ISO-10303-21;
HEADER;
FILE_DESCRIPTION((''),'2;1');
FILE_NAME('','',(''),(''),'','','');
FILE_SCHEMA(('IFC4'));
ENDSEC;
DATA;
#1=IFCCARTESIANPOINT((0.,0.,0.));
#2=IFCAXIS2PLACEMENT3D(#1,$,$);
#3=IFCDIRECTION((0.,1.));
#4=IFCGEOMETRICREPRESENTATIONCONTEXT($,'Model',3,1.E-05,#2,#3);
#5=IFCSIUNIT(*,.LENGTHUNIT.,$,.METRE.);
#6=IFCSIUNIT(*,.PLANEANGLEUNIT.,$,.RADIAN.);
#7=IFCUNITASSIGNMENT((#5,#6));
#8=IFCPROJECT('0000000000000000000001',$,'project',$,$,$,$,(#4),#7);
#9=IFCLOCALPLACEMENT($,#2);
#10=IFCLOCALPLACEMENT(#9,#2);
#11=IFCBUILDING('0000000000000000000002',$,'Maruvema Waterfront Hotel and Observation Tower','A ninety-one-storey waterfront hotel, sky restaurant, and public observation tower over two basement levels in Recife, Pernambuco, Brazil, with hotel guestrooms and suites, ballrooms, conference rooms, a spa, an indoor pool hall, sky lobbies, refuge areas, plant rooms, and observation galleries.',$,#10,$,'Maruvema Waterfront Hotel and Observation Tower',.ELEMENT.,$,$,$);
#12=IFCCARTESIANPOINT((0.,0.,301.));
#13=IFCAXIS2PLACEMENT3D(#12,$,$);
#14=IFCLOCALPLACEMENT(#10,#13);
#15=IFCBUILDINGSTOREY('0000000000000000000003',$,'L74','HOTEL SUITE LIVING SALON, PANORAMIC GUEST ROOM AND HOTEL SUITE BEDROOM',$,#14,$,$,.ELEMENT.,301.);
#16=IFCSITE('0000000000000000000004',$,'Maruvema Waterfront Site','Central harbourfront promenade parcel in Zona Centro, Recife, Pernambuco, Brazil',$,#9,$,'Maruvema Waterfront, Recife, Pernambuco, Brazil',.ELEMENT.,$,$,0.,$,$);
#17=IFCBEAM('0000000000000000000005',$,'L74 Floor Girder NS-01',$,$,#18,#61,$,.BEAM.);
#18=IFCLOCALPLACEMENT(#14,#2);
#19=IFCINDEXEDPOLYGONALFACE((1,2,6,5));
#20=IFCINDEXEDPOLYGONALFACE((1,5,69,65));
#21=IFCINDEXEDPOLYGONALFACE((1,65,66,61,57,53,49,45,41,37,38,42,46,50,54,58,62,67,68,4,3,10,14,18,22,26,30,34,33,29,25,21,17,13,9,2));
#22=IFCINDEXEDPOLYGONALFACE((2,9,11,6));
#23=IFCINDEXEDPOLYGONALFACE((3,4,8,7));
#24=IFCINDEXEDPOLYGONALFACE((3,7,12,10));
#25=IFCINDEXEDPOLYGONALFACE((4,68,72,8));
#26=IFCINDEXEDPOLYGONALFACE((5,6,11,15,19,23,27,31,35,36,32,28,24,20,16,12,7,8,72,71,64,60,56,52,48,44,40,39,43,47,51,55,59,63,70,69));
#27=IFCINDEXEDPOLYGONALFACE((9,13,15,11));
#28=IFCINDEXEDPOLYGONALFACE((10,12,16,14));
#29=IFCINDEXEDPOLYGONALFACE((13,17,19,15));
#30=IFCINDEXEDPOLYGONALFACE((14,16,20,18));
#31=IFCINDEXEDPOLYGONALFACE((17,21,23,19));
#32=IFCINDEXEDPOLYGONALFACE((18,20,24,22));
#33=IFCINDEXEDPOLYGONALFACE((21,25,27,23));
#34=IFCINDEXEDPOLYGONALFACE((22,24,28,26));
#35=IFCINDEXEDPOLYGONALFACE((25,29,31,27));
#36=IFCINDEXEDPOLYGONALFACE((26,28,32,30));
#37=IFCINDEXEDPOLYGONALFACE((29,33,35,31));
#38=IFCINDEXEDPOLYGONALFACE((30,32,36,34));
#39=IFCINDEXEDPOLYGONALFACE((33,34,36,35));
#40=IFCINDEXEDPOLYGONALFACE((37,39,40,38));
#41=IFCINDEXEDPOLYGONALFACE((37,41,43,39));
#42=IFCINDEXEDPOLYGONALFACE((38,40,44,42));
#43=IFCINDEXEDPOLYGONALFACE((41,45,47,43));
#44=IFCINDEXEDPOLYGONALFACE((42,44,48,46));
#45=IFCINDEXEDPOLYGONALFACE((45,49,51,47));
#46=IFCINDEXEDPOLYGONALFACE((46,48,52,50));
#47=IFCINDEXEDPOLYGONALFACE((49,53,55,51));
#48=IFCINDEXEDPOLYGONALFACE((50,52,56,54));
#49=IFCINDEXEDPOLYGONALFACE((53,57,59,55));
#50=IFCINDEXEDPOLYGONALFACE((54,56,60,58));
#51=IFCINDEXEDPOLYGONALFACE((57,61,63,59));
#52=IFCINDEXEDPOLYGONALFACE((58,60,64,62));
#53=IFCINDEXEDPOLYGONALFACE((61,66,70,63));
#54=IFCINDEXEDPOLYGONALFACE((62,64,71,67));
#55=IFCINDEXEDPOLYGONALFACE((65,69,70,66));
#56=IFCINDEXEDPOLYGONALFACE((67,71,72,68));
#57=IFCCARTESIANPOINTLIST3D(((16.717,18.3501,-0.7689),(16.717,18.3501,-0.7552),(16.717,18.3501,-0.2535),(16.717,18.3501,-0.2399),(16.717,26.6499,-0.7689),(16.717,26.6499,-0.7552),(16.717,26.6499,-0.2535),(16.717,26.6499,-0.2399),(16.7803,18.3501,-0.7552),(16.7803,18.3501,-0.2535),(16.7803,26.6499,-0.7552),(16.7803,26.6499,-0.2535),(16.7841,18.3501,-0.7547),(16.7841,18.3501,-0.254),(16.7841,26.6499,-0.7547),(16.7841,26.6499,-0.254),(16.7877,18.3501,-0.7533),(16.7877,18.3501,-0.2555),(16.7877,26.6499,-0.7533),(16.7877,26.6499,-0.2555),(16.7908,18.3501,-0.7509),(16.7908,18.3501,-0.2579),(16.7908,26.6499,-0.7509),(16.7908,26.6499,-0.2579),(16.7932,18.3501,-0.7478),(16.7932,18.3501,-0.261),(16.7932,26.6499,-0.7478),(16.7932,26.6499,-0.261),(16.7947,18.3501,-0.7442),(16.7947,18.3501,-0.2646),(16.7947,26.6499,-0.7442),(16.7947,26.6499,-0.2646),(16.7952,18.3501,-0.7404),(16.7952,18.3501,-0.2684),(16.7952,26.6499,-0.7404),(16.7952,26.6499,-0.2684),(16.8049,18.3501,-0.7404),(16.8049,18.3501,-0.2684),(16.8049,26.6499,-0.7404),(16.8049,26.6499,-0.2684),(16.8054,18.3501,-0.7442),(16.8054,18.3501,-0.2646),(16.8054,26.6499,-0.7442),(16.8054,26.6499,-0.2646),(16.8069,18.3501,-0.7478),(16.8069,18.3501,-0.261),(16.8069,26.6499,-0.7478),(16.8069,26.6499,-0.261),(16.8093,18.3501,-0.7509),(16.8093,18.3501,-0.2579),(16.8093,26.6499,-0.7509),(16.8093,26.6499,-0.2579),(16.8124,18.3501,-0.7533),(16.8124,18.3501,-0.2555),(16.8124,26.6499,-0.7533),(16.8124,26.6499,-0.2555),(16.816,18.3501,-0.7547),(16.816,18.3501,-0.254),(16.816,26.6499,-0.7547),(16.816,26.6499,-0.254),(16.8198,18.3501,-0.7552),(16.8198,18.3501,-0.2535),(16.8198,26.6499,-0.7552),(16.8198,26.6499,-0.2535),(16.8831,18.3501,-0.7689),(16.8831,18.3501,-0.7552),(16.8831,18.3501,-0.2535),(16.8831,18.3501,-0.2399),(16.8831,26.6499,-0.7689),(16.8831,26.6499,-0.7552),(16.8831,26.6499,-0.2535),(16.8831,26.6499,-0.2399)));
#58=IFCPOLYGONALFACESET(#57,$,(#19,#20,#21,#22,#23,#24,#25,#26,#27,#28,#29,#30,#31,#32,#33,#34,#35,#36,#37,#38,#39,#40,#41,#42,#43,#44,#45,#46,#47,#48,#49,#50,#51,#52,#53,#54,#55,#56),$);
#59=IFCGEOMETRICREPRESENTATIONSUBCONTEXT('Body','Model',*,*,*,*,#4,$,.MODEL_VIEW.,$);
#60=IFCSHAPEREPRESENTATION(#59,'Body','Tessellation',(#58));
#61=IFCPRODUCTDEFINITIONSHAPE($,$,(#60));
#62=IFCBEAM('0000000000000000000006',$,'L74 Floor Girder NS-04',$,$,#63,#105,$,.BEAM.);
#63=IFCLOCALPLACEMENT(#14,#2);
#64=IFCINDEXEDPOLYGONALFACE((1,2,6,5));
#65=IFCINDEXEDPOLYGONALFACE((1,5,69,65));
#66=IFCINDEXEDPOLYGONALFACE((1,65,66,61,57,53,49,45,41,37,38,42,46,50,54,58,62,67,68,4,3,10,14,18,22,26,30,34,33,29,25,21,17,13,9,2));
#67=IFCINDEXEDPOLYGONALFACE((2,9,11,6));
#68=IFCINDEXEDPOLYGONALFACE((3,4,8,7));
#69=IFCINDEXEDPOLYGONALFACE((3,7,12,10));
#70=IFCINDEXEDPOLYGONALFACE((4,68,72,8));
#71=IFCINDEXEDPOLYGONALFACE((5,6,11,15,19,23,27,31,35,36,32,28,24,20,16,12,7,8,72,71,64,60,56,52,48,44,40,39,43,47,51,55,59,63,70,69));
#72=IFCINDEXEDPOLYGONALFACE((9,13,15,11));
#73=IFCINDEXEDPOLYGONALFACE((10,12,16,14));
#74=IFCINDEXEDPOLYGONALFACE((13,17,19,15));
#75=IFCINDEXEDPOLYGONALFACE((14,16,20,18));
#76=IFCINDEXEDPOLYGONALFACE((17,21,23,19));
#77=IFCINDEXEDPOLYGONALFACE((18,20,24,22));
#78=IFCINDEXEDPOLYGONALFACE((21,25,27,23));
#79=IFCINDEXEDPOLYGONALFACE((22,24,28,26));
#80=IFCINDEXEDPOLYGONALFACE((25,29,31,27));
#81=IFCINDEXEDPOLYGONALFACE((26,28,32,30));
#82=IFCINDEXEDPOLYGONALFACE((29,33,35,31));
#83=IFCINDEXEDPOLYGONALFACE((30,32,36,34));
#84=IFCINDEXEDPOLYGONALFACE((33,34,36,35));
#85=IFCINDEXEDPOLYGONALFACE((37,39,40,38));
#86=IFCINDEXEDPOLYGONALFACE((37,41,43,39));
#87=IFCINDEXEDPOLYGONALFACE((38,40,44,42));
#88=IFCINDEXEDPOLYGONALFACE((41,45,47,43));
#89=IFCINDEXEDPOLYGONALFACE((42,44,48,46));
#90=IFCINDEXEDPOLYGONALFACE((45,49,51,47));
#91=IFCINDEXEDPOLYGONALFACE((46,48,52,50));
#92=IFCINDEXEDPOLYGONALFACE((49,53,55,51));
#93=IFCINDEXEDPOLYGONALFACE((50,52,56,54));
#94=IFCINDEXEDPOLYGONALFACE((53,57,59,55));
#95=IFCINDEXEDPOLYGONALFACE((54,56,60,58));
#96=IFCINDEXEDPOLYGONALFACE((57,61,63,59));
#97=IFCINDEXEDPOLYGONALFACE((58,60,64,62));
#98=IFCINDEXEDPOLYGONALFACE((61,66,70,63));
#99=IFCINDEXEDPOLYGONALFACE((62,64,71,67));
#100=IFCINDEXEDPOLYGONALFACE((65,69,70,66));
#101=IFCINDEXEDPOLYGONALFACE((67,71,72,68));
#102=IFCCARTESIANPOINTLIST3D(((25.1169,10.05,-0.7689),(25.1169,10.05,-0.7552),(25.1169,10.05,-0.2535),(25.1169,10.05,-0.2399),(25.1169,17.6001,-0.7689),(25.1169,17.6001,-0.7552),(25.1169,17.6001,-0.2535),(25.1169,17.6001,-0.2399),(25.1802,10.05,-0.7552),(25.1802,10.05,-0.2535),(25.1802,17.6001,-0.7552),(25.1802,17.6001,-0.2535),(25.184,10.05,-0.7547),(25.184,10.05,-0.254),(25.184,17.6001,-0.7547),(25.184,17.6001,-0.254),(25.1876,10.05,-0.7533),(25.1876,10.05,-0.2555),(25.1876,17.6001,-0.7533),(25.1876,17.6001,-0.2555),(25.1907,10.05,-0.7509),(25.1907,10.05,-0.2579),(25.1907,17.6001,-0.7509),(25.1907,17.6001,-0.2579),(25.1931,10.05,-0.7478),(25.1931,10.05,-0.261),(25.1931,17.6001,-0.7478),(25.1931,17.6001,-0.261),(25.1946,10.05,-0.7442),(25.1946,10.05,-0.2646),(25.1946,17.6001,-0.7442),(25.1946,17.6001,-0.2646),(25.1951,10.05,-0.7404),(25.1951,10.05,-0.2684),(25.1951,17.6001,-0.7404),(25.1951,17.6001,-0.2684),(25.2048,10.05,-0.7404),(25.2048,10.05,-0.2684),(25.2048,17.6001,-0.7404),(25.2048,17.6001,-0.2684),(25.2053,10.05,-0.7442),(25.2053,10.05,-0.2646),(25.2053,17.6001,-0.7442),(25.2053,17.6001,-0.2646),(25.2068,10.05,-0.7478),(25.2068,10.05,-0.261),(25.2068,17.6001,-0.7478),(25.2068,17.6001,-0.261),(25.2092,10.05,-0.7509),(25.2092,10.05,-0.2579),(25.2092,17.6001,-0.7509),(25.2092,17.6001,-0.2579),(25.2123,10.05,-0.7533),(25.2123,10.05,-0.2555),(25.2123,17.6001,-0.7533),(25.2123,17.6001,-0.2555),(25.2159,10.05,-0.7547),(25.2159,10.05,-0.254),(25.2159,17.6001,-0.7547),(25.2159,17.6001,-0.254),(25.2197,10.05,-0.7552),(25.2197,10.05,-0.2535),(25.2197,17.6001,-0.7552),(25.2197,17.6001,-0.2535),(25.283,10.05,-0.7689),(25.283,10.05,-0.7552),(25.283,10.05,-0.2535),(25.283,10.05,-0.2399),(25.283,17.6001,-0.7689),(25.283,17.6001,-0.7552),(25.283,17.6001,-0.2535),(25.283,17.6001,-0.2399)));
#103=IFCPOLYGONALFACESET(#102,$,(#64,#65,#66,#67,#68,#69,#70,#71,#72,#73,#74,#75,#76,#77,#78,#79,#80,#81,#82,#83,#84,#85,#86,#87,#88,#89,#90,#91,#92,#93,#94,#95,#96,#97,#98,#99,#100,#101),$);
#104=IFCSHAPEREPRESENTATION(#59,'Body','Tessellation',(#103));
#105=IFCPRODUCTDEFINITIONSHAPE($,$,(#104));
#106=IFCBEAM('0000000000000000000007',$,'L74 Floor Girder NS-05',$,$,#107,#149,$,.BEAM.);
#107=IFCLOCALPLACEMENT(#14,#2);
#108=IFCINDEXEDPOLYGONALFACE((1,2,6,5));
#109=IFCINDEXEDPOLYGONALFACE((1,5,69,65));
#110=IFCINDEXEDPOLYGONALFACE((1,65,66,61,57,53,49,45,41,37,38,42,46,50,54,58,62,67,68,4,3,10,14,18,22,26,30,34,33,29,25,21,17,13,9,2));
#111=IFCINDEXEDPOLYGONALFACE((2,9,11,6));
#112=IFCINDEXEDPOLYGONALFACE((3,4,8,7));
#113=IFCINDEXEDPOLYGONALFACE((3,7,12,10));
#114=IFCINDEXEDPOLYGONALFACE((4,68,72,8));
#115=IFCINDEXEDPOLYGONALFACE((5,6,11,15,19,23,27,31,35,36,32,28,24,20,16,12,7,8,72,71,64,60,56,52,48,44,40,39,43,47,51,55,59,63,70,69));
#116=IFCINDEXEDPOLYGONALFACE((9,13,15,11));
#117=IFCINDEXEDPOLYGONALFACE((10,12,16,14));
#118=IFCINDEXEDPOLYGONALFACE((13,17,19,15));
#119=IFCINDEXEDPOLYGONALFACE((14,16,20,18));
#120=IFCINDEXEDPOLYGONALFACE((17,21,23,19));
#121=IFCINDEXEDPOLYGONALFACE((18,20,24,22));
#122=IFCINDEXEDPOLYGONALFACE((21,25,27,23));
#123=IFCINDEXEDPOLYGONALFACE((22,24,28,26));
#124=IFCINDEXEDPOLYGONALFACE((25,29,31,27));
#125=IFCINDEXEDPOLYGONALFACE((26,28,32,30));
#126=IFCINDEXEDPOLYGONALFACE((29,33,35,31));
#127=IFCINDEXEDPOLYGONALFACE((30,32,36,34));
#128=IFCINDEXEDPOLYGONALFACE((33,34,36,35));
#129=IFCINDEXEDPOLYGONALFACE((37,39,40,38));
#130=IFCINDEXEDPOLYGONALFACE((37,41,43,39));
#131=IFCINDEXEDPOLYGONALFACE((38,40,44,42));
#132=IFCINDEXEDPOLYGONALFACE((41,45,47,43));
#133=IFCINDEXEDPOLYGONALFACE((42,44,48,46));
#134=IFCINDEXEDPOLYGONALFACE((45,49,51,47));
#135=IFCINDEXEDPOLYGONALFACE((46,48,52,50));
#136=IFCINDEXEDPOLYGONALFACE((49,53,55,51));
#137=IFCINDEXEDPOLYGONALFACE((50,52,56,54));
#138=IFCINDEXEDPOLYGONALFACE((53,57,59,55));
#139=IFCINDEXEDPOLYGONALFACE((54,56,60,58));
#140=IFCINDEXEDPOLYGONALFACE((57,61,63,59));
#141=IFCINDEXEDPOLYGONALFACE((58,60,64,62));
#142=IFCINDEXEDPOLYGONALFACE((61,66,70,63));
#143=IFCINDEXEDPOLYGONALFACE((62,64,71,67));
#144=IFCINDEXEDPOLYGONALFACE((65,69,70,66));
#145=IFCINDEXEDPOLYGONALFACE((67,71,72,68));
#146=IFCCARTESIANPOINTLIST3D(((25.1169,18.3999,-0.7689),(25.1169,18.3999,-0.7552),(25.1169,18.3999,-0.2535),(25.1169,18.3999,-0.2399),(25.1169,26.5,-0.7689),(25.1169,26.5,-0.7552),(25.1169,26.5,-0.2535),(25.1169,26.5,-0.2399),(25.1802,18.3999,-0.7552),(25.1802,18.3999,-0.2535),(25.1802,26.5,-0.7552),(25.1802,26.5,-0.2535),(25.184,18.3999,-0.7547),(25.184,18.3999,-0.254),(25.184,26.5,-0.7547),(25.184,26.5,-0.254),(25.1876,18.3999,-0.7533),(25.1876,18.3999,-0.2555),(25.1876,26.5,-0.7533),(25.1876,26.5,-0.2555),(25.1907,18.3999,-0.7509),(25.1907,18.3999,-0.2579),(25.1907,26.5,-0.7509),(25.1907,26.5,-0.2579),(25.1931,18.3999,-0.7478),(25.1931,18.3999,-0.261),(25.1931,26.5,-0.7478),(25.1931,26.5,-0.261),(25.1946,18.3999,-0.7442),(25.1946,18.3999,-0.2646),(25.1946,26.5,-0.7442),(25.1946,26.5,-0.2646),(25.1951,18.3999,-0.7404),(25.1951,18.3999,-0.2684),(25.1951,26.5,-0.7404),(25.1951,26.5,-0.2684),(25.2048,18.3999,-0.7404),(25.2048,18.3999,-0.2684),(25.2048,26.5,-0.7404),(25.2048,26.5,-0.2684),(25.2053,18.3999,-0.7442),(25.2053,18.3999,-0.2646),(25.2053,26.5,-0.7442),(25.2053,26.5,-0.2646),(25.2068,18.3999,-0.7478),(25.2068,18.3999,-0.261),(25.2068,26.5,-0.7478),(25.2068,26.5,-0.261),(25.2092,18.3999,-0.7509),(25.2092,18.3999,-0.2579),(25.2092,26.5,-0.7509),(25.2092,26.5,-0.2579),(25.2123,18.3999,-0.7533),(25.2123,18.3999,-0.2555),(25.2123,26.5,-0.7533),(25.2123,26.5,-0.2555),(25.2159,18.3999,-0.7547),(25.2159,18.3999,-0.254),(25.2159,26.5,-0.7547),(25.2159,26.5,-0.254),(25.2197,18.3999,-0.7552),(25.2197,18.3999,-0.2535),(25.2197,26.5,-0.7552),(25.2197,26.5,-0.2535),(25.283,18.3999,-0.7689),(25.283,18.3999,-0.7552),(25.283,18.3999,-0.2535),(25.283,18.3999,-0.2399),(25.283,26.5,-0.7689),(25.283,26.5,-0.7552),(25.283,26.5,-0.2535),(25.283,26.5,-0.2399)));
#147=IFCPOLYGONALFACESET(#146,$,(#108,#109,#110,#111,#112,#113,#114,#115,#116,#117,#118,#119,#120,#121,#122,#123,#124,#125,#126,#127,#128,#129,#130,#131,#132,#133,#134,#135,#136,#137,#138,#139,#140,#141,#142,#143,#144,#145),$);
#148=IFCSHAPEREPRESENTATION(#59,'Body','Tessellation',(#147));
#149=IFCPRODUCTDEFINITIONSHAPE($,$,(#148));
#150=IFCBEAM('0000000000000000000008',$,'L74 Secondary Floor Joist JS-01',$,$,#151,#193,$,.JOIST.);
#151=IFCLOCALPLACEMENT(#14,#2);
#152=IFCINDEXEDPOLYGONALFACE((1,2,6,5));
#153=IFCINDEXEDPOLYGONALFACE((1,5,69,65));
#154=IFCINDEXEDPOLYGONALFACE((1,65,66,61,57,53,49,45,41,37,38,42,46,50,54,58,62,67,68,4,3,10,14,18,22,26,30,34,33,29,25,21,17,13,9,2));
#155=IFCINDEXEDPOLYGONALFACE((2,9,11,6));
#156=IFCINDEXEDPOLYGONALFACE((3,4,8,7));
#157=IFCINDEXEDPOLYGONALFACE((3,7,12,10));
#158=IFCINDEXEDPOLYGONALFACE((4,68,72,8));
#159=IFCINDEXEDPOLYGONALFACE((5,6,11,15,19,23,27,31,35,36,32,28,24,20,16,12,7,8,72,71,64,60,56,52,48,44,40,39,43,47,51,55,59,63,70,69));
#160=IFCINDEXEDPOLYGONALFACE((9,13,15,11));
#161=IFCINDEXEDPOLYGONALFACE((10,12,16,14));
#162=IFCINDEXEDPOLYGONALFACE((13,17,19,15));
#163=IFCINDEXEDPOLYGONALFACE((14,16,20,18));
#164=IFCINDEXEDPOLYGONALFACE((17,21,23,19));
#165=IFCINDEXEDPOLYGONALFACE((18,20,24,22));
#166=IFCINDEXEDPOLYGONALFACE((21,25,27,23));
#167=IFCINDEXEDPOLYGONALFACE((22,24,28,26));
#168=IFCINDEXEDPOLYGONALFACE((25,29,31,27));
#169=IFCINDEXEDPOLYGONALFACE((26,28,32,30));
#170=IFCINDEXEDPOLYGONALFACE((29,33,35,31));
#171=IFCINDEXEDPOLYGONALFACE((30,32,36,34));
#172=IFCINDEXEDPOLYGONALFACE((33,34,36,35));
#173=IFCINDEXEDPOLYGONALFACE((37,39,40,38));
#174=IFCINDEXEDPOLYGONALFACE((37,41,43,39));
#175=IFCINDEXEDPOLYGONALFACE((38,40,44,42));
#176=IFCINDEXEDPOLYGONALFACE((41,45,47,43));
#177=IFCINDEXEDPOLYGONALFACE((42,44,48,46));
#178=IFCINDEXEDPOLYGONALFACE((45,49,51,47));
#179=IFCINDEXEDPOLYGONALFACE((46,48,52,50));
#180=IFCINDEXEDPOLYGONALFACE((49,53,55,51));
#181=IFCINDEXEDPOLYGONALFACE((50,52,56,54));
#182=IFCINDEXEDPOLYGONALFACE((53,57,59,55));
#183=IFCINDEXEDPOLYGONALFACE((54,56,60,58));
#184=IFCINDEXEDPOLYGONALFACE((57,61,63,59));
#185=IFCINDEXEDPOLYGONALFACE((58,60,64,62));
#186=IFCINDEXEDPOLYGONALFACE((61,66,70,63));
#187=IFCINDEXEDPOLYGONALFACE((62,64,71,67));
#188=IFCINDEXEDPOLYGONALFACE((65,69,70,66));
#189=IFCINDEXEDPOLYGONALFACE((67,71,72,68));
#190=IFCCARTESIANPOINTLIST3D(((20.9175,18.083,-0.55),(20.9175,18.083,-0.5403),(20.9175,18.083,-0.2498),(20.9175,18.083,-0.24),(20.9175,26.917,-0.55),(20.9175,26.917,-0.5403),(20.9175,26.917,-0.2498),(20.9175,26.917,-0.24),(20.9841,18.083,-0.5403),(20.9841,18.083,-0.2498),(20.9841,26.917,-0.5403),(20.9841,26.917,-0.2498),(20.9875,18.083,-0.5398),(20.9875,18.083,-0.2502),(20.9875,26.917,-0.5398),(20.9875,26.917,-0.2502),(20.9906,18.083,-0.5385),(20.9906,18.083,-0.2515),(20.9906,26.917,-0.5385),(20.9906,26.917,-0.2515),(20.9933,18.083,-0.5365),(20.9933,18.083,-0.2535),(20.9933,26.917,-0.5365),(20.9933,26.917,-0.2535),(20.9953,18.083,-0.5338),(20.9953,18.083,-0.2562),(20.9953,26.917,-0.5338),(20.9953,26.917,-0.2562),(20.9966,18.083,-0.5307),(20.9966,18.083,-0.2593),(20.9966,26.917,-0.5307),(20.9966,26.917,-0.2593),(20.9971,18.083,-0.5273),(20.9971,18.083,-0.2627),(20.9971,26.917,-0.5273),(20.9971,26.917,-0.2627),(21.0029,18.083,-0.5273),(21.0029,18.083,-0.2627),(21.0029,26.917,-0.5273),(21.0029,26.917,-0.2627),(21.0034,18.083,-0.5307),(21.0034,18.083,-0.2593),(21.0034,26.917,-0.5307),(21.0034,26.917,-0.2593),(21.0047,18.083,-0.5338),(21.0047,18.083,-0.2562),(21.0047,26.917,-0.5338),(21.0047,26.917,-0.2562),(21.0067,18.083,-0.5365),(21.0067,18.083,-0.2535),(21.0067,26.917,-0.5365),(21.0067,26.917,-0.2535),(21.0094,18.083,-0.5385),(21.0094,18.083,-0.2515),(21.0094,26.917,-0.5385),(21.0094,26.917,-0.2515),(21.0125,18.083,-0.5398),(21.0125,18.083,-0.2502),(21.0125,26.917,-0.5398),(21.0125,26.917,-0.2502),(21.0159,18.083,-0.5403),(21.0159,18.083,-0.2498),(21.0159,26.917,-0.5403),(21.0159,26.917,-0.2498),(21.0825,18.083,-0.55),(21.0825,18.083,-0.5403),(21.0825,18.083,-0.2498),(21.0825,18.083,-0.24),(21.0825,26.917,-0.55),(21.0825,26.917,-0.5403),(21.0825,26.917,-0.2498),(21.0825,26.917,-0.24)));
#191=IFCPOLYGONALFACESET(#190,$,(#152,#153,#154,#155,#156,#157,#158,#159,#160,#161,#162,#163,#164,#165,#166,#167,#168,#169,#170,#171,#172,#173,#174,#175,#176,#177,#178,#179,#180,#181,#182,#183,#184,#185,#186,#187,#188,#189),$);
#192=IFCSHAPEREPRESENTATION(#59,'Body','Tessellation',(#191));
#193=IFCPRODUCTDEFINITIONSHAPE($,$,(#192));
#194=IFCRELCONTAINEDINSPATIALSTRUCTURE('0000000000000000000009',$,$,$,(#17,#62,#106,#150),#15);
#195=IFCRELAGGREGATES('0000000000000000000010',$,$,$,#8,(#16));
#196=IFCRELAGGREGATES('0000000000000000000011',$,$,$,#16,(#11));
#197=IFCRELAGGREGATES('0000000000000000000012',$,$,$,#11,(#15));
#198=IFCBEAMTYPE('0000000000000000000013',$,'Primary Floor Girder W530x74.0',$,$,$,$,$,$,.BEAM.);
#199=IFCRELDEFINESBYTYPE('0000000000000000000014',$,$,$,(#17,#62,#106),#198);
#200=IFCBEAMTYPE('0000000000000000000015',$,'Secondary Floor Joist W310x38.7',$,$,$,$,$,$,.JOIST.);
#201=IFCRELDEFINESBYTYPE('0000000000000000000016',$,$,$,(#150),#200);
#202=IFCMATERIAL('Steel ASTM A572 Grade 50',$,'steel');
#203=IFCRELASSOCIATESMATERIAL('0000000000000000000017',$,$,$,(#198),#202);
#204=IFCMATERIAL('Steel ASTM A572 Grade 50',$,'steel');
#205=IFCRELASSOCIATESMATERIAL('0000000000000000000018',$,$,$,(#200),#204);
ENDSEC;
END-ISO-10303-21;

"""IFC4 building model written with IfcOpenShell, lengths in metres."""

from ifc_helpers import new_model, si_unit, direction, frame, origin, origin_2d, place, context, subcontext, project, spatial, i_section, extrude, material, material_profile, profile_set, type_object, element, save


model = new_model("IFC4")

# Units and contexts
model_context = context("Model", 3, precision=1e-05, world=origin(), true_north=direction((0.0, 1.0)))
body_context = subcontext(model_context, "Body", "Model", "MODEL_VIEW")
ifc_project = project(units=[si_unit("LENGTHUNIT", "METRE"), si_unit("PLANEANGLEUNIT", "RADIAN")], contexts=[model_context])

# Site, building, storey
site_placement = place(None, origin())
site = spatial("IfcSite", under=ifc_project, at=site_placement, Name="Maruvema Waterfront Site", Description="Central harbourfront promenade parcel in Zona Centro, Recife, Pernambuco, Brazil", LongName="Maruvema Waterfront, Recife, Pernambuco, Brazil", CompositionType="ELEMENT", RefElevation=0.0)
building_placement = place(site_placement, origin())
building = spatial("IfcBuilding", under=site, at=building_placement, Name="Maruvema Waterfront Hotel and Observation Tower", Description="A ninety-one-storey waterfront hotel, sky restaurant, and public observation tower over two basement levels in Recife, Pernambuco, Brazil, with hotel guestrooms and suites, ballrooms, conference rooms, a spa, an indoor pool hall, sky lobbies, refuge areas, plant rooms, and observation galleries.", LongName="Maruvema Waterfront Hotel and Observation Tower", CompositionType="ELEMENT")
storey_placement = place(building_placement, frame((0.0, 0.0, 301.0)))
storey = spatial("IfcBuildingStorey", under=building, at=storey_placement, Name="L74", Description="HOTEL SUITE LIVING SALON, PANORAMIC GUEST ROOM AND HOTEL SUITE BEDROOM", CompositionType="ELEMENT", Elevation=301.0)

# Beams
ifc_material_1 = material(Name="Steel ASTM A572 Grade 50", Category="steel")
ifc_material_profile_1 = material_profile(ifc_material_1, i_section(OverallWidth=0.166, OverallDepth=0.5291, WebThickness=0.0098, FlangeThickness=0.0137, FilletRadius=0.0149, at=origin_2d()), Name="W530x74.0")
ifc_profile_set_1 = profile_set([ifc_material_profile_1], Name="Steel ASTM A572 Grade 50")
beam_type_1 = type_object("IfcBeamType", Name="Primary Floor Girder W530x74.0", PredefinedType="BEAM", material=ifc_profile_set_1)
beam_1_placement = place(storey_placement, frame((16.8, 18.3501, -0.5044), z_axis=(0.0, 1.0, 0.0), x_axis=(-1.0, 0.0, 0.0)))
element("IfcBeam", 1, at=beam_1_placement, inside=storey, type_object=beam_type_1, Name="L74 Floor Girder NS-01", PredefinedType="BEAM", context=body_context, shape_type="SweptSolid", body=[
    extrude(i_section(OverallWidth=0.166, OverallDepth=0.5291, WebThickness=0.0098, FlangeThickness=0.0137, FilletRadius=0.0149, at=origin_2d()), origin(), (0.0, 0.0, 1.0), 8.2998),
])
beam_2_placement = place(storey_placement, frame((25.2, 10.05, -0.5044), z_axis=(0.0, 1.0, 0.0), x_axis=(-1.0, 0.0, 0.0)))
element("IfcBeam", 2, at=beam_2_placement, inside=storey, type_object=beam_type_1, Name="L74 Floor Girder NS-04", PredefinedType="BEAM", context=body_context, shape_type="SweptSolid", body=[
    extrude(i_section(OverallWidth=0.166, OverallDepth=0.5291, WebThickness=0.0098, FlangeThickness=0.0137, FilletRadius=0.0149, at=origin_2d()), origin(), (0.0, 0.0, 1.0), 7.55),
])
beam_3_placement = place(storey_placement, frame((25.2, 18.3999, -0.5044), z_axis=(0.0, 1.0, 0.0), x_axis=(-1.0, 0.0, 0.0)))
element("IfcBeam", 3, at=beam_3_placement, inside=storey, type_object=beam_type_1, Name="L74 Floor Girder NS-05", PredefinedType="BEAM", context=body_context, shape_type="SweptSolid", body=[
    extrude(i_section(OverallWidth=0.166, OverallDepth=0.5291, WebThickness=0.0098, FlangeThickness=0.0137, FilletRadius=0.0149, at=origin_2d()), origin(), (0.0, 0.0, 1.0), 8.1001),
])
ifc_material_2 = material(Name="Steel ASTM A572 Grade 50", Category="steel")
ifc_material_profile_2 = material_profile(ifc_material_2, i_section(OverallWidth=0.165, OverallDepth=0.3101, WebThickness=0.0059, FlangeThickness=0.0098, FilletRadius=0.0129, at=origin_2d()), Name="W310x38.7")
ifc_profile_set_2 = profile_set([ifc_material_profile_2], Name="Steel ASTM A572 Grade 50")
beam_type_2 = type_object("IfcBeamType", Name="Secondary Floor Joist W310x38.7", PredefinedType="JOIST", material=ifc_profile_set_2)
beam_4_placement = place(storey_placement, frame((21.0, 18.083, -0.395), z_axis=(0.0, 1.0, 0.0), x_axis=(-1.0, 0.0, 0.0)))
element("IfcBeam", 4, at=beam_4_placement, inside=storey, type_object=beam_type_2, Name="L74 Secondary Floor Joist JS-01", PredefinedType="JOIST", context=body_context, shape_type="SweptSolid", body=[
    extrude(i_section(OverallWidth=0.165, OverallDepth=0.3101, WebThickness=0.0059, FlangeThickness=0.0098, FilletRadius=0.0129, at=origin_2d()), origin(), (0.0, 0.0, 1.0), 8.834),
])

save(model, "model.ifc")
